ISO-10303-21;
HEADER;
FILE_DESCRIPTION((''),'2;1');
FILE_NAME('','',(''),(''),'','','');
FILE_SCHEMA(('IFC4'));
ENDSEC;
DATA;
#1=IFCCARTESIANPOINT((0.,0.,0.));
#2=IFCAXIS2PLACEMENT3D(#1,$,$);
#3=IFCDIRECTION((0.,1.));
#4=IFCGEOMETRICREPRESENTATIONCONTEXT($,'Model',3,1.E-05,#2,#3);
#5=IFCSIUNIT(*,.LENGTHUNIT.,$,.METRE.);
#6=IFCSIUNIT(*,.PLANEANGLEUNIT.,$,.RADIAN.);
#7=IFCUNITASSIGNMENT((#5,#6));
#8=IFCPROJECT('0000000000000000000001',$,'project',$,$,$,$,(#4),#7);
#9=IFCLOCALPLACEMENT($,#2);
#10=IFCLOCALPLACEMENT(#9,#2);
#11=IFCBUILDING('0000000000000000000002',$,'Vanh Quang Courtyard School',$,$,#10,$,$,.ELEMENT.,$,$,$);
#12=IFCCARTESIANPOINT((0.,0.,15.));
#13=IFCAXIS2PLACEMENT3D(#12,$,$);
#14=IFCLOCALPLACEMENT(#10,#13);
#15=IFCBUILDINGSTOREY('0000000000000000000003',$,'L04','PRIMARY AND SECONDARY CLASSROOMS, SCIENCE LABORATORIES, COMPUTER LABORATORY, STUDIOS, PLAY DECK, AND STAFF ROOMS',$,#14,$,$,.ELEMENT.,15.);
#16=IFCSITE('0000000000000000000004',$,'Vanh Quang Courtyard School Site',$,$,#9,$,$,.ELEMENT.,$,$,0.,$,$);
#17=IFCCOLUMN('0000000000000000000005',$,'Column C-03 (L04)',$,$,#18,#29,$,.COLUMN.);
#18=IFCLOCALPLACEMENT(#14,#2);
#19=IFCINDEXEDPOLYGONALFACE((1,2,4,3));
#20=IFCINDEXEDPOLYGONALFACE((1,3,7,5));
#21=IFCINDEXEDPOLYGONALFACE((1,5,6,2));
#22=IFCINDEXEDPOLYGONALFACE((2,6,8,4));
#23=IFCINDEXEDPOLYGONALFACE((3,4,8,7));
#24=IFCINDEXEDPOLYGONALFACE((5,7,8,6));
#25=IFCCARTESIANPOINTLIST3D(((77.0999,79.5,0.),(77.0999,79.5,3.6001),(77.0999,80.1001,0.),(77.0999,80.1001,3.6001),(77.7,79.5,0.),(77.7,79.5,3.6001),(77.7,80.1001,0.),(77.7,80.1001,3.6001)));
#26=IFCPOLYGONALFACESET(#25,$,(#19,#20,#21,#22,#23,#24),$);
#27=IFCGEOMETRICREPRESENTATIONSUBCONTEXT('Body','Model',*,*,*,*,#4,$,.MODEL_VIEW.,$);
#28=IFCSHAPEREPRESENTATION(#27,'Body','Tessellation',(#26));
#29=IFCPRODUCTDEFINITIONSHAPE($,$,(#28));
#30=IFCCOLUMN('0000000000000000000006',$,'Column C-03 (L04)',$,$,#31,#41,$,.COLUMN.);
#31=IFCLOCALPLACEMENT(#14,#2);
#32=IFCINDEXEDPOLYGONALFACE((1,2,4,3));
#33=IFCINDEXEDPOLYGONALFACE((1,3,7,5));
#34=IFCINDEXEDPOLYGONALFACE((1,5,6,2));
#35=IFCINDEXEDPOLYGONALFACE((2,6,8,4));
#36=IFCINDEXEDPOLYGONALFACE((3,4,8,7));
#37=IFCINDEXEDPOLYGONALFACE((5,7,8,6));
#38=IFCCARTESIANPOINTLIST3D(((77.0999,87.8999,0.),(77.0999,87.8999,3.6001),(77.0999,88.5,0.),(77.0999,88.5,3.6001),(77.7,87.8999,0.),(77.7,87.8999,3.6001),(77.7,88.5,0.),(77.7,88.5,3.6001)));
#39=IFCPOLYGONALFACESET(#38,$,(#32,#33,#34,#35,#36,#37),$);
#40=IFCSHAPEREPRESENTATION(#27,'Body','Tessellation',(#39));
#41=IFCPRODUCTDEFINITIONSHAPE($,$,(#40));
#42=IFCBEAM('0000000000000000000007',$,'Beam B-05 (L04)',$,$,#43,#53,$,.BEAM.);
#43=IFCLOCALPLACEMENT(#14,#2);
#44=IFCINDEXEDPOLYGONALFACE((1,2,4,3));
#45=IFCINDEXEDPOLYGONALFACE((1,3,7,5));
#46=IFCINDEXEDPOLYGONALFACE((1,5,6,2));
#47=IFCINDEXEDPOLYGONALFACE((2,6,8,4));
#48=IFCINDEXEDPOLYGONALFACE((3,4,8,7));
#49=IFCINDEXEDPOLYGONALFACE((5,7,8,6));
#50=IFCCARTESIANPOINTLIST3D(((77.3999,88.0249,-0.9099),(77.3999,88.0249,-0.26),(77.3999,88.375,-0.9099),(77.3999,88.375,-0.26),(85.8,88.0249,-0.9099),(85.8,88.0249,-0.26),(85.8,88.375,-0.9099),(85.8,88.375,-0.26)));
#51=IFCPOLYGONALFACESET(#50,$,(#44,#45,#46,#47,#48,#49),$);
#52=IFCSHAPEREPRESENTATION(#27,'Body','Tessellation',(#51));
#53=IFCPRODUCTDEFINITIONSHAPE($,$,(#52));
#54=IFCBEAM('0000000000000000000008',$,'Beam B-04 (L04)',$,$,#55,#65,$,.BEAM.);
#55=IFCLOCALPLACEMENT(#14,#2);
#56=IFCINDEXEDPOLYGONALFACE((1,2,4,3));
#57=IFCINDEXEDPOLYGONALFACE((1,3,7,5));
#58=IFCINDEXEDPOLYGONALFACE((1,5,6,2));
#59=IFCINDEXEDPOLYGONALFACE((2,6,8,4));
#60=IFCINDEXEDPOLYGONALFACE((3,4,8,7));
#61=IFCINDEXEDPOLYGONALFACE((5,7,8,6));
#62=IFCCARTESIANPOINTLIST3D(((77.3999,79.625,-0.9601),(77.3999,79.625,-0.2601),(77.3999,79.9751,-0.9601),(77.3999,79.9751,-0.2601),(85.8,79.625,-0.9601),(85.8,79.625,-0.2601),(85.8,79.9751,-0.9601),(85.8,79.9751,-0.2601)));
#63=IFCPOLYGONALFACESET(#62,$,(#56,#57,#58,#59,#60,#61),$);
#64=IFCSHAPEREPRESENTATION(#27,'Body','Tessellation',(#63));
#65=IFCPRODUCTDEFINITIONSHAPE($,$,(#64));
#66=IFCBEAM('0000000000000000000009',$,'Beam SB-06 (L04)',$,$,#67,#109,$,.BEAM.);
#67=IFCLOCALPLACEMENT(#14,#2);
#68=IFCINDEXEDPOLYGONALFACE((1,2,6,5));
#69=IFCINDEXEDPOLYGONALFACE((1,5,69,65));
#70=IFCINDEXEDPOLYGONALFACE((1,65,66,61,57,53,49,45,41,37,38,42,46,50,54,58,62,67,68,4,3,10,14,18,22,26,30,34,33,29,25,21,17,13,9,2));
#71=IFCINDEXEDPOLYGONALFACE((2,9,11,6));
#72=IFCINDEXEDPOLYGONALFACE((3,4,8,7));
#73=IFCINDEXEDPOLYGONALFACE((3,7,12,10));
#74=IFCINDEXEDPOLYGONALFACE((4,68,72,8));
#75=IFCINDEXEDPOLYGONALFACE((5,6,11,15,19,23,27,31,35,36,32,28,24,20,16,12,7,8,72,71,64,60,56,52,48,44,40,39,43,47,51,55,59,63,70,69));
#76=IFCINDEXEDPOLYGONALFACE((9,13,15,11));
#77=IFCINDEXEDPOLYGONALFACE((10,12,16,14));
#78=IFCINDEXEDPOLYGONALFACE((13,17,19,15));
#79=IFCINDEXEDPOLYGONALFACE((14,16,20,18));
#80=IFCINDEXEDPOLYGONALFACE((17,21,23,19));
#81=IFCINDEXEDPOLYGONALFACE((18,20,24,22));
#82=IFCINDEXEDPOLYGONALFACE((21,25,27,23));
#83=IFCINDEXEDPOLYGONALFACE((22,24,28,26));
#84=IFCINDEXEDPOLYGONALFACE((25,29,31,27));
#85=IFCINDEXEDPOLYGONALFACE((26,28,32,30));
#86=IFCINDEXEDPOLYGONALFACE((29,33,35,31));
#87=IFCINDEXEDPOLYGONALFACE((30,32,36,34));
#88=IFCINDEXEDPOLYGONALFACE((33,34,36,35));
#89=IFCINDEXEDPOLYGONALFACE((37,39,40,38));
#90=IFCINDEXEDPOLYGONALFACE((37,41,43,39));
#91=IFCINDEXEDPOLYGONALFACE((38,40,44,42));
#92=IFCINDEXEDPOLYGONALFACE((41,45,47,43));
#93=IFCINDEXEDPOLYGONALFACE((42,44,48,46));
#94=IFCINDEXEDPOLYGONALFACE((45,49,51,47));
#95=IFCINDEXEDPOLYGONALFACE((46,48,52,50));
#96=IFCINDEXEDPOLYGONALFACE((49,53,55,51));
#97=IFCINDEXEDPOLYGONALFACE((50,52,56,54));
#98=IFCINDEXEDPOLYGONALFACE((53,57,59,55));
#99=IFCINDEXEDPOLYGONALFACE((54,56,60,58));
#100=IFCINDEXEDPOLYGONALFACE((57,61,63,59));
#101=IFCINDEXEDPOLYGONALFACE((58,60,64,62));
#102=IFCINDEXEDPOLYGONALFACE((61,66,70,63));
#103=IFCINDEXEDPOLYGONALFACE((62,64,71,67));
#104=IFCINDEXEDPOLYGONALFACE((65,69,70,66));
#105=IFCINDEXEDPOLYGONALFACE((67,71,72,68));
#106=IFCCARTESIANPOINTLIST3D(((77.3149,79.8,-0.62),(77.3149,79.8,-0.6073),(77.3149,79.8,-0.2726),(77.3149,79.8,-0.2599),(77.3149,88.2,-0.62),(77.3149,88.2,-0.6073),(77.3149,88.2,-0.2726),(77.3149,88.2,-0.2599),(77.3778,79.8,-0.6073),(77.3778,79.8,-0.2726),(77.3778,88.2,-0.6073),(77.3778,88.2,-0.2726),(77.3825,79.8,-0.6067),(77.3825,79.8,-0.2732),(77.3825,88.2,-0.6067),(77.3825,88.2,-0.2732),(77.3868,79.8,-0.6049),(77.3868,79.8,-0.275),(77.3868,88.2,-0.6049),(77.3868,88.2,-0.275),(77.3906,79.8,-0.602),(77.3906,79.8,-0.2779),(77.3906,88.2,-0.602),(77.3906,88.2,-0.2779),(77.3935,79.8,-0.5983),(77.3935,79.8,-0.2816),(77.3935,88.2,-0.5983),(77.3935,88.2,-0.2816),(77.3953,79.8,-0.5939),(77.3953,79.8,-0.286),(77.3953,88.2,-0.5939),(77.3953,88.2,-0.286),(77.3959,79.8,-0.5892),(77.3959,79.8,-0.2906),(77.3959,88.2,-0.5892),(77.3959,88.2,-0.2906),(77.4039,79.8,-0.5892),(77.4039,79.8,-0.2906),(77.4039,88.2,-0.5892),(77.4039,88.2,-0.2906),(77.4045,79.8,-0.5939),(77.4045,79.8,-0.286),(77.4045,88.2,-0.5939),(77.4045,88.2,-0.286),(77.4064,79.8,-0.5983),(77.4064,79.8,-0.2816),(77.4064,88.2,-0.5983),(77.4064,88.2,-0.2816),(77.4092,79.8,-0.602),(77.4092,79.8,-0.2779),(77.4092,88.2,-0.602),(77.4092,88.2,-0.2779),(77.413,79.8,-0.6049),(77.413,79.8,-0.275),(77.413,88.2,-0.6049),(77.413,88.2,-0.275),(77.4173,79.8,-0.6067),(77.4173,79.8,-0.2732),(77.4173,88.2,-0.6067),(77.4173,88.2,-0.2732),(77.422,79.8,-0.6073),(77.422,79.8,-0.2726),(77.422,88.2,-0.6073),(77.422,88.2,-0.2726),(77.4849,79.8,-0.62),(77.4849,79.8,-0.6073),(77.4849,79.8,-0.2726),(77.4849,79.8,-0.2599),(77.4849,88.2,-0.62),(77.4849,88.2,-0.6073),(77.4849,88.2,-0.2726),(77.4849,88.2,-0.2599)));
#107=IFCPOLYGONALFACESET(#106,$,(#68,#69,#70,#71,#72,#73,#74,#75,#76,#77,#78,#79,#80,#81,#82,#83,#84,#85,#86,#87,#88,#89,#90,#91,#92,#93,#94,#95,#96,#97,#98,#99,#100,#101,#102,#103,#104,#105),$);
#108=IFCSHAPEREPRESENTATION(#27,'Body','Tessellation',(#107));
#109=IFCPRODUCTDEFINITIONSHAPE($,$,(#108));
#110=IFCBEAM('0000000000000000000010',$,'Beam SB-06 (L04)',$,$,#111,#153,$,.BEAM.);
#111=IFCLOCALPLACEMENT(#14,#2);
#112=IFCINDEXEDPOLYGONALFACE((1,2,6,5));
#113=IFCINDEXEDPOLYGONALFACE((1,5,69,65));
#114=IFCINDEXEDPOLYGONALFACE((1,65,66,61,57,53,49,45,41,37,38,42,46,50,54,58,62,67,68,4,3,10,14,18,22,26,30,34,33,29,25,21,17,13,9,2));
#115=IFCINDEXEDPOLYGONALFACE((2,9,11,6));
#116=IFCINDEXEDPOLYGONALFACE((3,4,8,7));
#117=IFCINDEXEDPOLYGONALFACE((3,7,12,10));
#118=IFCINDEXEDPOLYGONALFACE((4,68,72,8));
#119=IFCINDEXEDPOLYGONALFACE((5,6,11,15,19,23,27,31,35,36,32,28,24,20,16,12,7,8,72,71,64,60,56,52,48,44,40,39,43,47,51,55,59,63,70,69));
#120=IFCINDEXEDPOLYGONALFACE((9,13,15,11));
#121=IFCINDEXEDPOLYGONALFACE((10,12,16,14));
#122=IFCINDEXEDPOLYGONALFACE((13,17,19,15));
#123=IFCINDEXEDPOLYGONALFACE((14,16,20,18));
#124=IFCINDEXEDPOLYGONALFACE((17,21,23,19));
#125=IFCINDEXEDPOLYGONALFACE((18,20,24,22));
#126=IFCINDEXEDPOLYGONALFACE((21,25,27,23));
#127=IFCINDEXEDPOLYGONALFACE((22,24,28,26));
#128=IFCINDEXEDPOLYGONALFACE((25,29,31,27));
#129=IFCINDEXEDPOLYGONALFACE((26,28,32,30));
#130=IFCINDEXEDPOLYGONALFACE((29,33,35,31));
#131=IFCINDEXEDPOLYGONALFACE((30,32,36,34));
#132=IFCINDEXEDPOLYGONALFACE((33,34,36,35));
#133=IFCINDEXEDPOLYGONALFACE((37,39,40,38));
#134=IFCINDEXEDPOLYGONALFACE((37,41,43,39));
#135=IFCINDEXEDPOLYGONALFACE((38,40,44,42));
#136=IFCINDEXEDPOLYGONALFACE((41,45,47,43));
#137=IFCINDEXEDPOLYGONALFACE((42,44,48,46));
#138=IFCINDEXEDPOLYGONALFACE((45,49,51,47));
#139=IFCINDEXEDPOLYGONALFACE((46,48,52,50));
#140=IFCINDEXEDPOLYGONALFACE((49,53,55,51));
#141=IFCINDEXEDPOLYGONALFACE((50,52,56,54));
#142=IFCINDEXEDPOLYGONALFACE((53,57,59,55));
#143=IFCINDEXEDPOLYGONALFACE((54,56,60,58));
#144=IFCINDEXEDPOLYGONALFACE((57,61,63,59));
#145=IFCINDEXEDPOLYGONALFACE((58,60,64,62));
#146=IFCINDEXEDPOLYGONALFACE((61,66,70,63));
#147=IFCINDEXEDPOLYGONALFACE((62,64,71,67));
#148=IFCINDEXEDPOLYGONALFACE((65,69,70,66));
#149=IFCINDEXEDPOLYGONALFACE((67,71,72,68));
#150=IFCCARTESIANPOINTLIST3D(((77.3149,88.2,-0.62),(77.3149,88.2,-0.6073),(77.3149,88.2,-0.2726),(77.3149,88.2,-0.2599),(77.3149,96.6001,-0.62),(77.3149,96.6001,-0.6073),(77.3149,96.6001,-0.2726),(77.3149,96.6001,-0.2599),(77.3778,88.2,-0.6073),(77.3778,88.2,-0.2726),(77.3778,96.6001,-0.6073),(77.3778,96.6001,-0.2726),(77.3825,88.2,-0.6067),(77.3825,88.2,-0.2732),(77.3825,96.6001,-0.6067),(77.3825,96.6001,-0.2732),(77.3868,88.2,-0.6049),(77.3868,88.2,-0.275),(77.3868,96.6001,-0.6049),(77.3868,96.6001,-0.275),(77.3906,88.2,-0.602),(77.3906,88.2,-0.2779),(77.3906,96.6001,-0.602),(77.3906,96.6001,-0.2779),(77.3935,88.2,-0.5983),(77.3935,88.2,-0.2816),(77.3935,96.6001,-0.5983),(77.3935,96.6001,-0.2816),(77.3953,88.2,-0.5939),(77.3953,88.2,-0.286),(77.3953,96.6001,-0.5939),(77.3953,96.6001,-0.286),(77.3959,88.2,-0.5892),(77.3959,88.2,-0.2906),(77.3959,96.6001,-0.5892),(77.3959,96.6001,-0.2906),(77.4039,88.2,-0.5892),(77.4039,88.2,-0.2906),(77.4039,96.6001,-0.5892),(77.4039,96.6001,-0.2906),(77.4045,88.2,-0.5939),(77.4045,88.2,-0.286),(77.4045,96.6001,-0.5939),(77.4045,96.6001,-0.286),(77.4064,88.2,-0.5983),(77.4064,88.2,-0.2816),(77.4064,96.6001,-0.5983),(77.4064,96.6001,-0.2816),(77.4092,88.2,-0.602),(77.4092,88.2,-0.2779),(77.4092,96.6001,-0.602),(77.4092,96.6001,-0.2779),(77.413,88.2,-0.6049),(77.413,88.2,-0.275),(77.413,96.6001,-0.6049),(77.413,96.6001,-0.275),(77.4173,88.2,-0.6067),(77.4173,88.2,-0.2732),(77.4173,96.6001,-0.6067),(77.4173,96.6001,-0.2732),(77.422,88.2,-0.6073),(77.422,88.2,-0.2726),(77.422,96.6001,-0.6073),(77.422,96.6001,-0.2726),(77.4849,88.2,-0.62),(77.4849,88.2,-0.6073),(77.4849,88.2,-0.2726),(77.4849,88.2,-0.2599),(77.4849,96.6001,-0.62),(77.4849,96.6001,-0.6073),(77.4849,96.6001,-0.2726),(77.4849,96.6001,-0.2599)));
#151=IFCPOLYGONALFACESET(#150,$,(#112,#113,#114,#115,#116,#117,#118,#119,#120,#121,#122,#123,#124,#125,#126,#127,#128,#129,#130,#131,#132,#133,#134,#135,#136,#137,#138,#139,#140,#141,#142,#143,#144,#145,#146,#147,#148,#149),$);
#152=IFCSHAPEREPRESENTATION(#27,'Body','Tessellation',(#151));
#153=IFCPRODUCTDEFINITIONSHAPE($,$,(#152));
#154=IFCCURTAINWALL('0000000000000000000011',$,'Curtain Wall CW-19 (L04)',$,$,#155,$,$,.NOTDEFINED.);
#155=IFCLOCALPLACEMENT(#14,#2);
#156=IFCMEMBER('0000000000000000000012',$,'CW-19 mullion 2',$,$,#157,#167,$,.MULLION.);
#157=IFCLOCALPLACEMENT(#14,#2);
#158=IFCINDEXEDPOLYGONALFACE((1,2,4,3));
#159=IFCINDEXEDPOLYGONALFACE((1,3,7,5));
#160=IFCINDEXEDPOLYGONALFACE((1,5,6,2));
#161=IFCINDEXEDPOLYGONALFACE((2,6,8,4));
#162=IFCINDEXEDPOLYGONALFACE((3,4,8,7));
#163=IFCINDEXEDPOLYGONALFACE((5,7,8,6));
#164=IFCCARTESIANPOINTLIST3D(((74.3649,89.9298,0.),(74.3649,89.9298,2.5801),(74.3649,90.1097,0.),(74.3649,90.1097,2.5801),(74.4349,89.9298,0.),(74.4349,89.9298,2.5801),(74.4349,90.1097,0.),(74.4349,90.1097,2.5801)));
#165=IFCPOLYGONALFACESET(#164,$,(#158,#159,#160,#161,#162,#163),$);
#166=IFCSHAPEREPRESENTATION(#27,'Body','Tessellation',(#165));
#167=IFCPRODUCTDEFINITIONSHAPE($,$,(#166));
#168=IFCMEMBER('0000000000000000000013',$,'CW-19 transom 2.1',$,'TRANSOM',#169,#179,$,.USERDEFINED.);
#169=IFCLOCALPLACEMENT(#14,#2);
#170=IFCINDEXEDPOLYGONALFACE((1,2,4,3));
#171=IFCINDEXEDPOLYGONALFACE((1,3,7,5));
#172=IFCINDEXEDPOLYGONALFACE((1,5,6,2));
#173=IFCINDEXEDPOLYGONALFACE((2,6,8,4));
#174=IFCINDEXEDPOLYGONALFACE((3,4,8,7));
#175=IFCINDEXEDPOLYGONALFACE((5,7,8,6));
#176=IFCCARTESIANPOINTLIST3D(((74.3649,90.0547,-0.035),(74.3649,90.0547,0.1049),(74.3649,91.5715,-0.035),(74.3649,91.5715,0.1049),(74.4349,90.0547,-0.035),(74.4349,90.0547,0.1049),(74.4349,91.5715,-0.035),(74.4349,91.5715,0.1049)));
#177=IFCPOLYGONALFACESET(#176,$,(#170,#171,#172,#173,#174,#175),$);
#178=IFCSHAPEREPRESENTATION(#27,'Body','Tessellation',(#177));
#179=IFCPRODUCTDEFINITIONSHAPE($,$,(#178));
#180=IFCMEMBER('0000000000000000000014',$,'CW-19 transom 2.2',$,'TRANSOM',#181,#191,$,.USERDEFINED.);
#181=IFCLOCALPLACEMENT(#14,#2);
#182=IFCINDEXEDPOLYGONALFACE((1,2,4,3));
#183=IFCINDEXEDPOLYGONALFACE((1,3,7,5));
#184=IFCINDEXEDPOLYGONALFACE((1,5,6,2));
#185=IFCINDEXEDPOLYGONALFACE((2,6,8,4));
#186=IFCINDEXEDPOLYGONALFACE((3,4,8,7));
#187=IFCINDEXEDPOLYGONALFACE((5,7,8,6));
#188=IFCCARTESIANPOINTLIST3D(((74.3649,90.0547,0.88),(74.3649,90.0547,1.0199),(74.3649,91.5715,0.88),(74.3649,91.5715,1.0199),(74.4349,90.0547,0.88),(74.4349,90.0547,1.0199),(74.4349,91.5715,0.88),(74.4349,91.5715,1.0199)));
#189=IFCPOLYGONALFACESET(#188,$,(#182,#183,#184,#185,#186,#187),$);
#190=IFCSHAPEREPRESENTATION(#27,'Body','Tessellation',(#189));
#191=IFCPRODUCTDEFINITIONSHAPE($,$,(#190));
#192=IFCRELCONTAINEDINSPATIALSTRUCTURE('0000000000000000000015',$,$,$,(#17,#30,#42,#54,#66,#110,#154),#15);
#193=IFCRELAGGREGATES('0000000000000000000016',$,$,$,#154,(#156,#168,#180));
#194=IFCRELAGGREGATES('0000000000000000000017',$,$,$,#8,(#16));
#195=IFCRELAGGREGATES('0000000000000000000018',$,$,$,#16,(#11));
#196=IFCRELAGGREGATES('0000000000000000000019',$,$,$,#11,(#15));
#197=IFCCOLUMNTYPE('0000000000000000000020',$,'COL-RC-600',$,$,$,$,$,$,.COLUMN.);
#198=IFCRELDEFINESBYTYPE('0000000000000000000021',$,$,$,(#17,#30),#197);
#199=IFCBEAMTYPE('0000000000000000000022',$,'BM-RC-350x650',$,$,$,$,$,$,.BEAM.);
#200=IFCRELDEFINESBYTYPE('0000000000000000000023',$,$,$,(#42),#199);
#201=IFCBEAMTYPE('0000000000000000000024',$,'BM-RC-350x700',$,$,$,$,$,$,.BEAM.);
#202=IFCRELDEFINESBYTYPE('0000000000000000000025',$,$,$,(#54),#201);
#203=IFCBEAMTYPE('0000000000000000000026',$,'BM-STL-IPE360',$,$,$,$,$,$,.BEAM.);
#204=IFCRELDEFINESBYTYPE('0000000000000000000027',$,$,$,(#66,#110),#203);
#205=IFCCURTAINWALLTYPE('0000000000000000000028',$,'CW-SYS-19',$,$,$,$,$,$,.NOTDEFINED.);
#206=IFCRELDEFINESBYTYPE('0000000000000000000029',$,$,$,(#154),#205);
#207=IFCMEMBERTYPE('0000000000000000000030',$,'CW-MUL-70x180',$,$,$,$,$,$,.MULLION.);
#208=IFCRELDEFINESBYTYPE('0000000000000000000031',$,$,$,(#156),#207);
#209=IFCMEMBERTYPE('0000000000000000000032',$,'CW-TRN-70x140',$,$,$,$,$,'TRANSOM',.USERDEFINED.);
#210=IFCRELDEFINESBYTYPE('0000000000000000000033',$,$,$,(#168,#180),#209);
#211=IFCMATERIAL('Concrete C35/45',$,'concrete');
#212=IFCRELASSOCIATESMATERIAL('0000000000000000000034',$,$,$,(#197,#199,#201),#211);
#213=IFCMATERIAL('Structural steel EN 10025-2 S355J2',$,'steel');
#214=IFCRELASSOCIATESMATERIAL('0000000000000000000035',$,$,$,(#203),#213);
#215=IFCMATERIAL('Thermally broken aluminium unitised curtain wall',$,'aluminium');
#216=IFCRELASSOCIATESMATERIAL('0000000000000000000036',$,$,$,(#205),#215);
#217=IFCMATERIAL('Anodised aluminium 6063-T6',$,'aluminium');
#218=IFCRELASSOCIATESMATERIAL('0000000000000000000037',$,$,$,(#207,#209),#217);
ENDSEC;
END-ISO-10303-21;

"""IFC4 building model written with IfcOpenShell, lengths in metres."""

from ifc_helpers import new_model, si_unit, direction, frame, origin, origin_2d, place, context, subcontext, project, spatial, rectangle, i_section, extrude, material, material_profile, profile_set, type_object, element, aggregate, save


model = new_model("IFC4")

# Units and contexts
model_context = context("Model", 3, precision=1e-05, world=origin(), true_north=direction((0.0, 1.0)))
body_context = subcontext(model_context, "Body", "Model", "MODEL_VIEW")
ifc_project = project(units=[si_unit("LENGTHUNIT", "METRE"), si_unit("PLANEANGLEUNIT", "RADIAN")], contexts=[model_context])

# Site, building, storey
site_placement = place(None, origin())
site = spatial("IfcSite", under=ifc_project, at=site_placement, Name="Vanh Quang Courtyard School Site", CompositionType="ELEMENT", RefElevation=0.0)
building_placement = place(site_placement, origin())
building = spatial("IfcBuilding", under=site, at=building_placement, Name="Vanh Quang Courtyard School", CompositionType="ELEMENT")
storey_placement = place(building_placement, frame((0.0, 0.0, 15.0)))
storey = spatial("IfcBuildingStorey", under=building, at=storey_placement, Name="L04", Description="PRIMARY AND SECONDARY CLASSROOMS, SCIENCE LABORATORIES, COMPUTER LABORATORY, STUDIOS, PLAY DECK, AND STAFF ROOMS", CompositionType="ELEMENT", Elevation=15.0)

# Columns
ifc_material_1 = material(Name="Concrete C35/45", Category="concrete")
ifc_material_profile_1 = material_profile(ifc_material_1, rectangle(XDim=0.6001, YDim=0.6001, at=origin_2d()), Name="RC-COL 600x600")
ifc_profile_set_1 = profile_set([ifc_material_profile_1], Name="Concrete C35/45")
column_type = type_object("IfcColumnType", Name="COL-RC-600", PredefinedType="COLUMN", material=ifc_profile_set_1)
for number, where, z_axis, x_axis, name in (
    (1, (77.3999, 79.8, 0.0), (0.0, 0.0, 1.0), (1.0, 0.0, 0.0), "Column C-03 (L04)"),
    (2, (77.3999, 88.2, 0.0), (0.0, 0.0, 1.0), (1.0, 0.0, 0.0), "Column C-03 (L04)"),
):
    element("IfcColumn", number, at=place(storey_placement, frame(where, z_axis=z_axis, x_axis=x_axis)), inside=storey, type_object=column_type, Name=name, PredefinedType="COLUMN", context=body_context, shape_type="SweptSolid", body=[
        extrude(rectangle(XDim=0.6001, YDim=0.6001, at=origin_2d()), origin(), (0.0, 0.0, 1.0), 3.6001),
    ])

# Beams
ifc_material_profile_2 = material_profile(ifc_material_1, rectangle(XDim=0.3501, YDim=0.6499, at=origin_2d()), Name="RC-BM 350x650")
ifc_profile_set_2 = profile_set([ifc_material_profile_2], Name="Concrete C35/45")
beam_type_1 = type_object("IfcBeamType", Name="BM-RC-350x650", PredefinedType="BEAM", material=ifc_profile_set_2)
beam_1_placement = place(storey_placement, frame((77.3999, 88.2, -0.585), z_axis=(1.0, 0.0, 0.0), x_axis=(0.0, 1.0, 0.0)))
element("IfcBeam", 3, at=beam_1_placement, inside=storey, type_object=beam_type_1, Name="Beam B-05 (L04)", PredefinedType="BEAM", context=body_context, shape_type="SweptSolid", body=[
    extrude(rectangle(XDim=0.3501, YDim=0.6499, at=origin_2d()), origin(), (0.0, 0.0, 1.0), 8.4001),
])
ifc_material_profile_3 = material_profile(ifc_material_1, rectangle(XDim=0.3501, YDim=0.7, at=origin_2d()), Name="RC-BM 350x700")
ifc_profile_set_3 = profile_set([ifc_material_profile_3], Name="Concrete C35/45")
beam_type_2 = type_object("IfcBeamType", Name="BM-RC-350x700", PredefinedType="BEAM", material=ifc_profile_set_3)
beam_2_placement = place(storey_placement, frame((77.3999, 79.8, -0.6101), z_axis=(1.0, 0.0, 0.0), x_axis=(0.0, 1.0, 0.0)))
element("IfcBeam", 4, at=beam_2_placement, inside=storey, type_object=beam_type_2, Name="Beam B-04 (L04)", PredefinedType="BEAM", context=body_context, shape_type="SweptSolid", body=[
    extrude(rectangle(XDim=0.3501, YDim=0.7, at=origin_2d()), origin(), (0.0, 0.0, 1.0), 8.4001),
])
ifc_material_2 = material(Name="Structural steel EN 10025-2 S355J2", Category="steel")
ifc_material_profile_4 = material_profile(ifc_material_2, i_section(OverallWidth=0.1699, OverallDepth=0.3601, WebThickness=0.0081, FlangeThickness=0.0127, FilletRadius=0.0181, at=origin_2d()), Name="IPE 360")
ifc_profile_set_4 = profile_set([ifc_material_profile_4], Name="Structural steel EN 10025-2 S355J2")
beam_type_3 = type_object("IfcBeamType", Name="BM-STL-IPE360", PredefinedType="BEAM", material=ifc_profile_set_4)
beam_3_placement = place(storey_placement, frame((77.3999, 79.8, -0.4399), z_axis=(0.0, 1.0, 0.0), x_axis=(-1.0, 0.0, 0.0)))
element("IfcBeam", 5, at=beam_3_placement, inside=storey, type_object=beam_type_3, Name="Beam SB-06 (L04)", PredefinedType="BEAM", context=body_context, shape_type="SweptSolid", body=[
    extrude(i_section(OverallWidth=0.1699, OverallDepth=0.3601, WebThickness=0.0081, FlangeThickness=0.0127, FilletRadius=0.0181, at=origin_2d()), origin(), (0.0, 0.0, 1.0), 8.3999),
])
beam_4_placement = place(storey_placement, frame((77.3999, 88.2, -0.4399), z_axis=(0.0, 1.0, 0.0), x_axis=(-1.0, 0.0, 0.0)))
element("IfcBeam", 6, at=beam_4_placement, inside=storey, type_object=beam_type_3, Name="Beam SB-06 (L04)", PredefinedType="BEAM", context=body_context, shape_type="SweptSolid", body=[
    extrude(i_section(OverallWidth=0.1699, OverallDepth=0.3601, WebThickness=0.0081, FlangeThickness=0.0127, FilletRadius=0.0181, at=origin_2d()), origin(), (0.0, 0.0, 1.0), 8.4001),
])

# Curtain wall, members
ifc_material_3 = material(Name="Thermally broken aluminium unitised curtain wall", Category="aluminium")
curtain_wall_type = type_object("IfcCurtainWallType", Name="CW-SYS-19", PredefinedType="NOTDEFINED", material=ifc_material_3)
curtain_wall_placement = place(storey_placement, origin())
curtain_wall = element("IfcCurtainWall", 7, at=curtain_wall_placement, inside=storey, type_object=curtain_wall_type, Name="Curtain Wall CW-19 (L04)", PredefinedType="NOTDEFINED")
ifc_material_4 = material(Name="Anodised aluminium 6063-T6", Category="aluminium")
ifc_material_profile_5 = material_profile(ifc_material_4, rectangle(XDim=0.0701, YDim=0.1799, at=origin_2d()), Name="ALU-MUL 70x180")
ifc_profile_set_5 = profile_set([ifc_material_profile_5], Name="Anodised aluminium 6063-T6")
member_type_1 = type_object("IfcMemberType", Name="CW-MUL-70x180", PredefinedType="MULLION", material=ifc_profile_set_5)
member_1_placement = place(storey_placement, frame((74.3999, 90.0198, 0.0), z_axis=(0.0, 0.0, 1.0), x_axis=(-1.0, 0.0, 0.0)))
member_1 = element("IfcMember", 8, at=member_1_placement, type_object=member_type_1, Name="CW-19 mullion 2", PredefinedType="MULLION", context=body_context, shape_type="SweptSolid", body=[
    extrude(rectangle(XDim=0.0701, YDim=0.1799, at=origin_2d()), origin(), (0.0, 0.0, 1.0), 2.5801),
])
ifc_material_profile_6 = material_profile(ifc_material_4, rectangle(XDim=0.0701, YDim=0.1399, at=origin_2d()), Name="ALU-TRN 70x140")
ifc_profile_set_6 = profile_set([ifc_material_profile_6], Name="Anodised aluminium 6063-T6")
member_type_2 = type_object("IfcMemberType", Name="CW-TRN-70x140", ElementType="TRANSOM", PredefinedType="USERDEFINED", material=ifc_profile_set_6)
member_2_placement = place(storey_placement, frame((74.3999, 90.0547, 0.0349), z_axis=(0.0, 1.0, 0.0), x_axis=(-1.0, 0.0, 0.0)))
member_2 = element("IfcMember", 9, at=member_2_placement, type_object=member_type_2, Name="CW-19 transom 2.1", ObjectType="TRANSOM", PredefinedType="USERDEFINED", context=body_context, shape_type="SweptSolid", body=[
    extrude(rectangle(XDim=0.0701, YDim=0.1399, at=origin_2d()), origin(), (0.0, 0.0, 1.0), 1.5168),
])
member_3_placement = place(storey_placement, frame((74.3999, 90.0547, 0.95), z_axis=(0.0, 1.0, 0.0), x_axis=(-1.0, 0.0, 0.0)))
member_3 = element("IfcMember", 10, at=member_3_placement, type_object=member_type_2, Name="CW-19 transom 2.2", ObjectType="TRANSOM", PredefinedType="USERDEFINED", context=body_context, shape_type="SweptSolid", body=[
    extrude(rectangle(XDim=0.0701, YDim=0.1399, at=origin_2d()), origin(), (0.0, 0.0, 1.0), 1.5168),
])

aggregate(curtain_wall, [member_1, member_2, member_3])

save(model, "model.ifc")
